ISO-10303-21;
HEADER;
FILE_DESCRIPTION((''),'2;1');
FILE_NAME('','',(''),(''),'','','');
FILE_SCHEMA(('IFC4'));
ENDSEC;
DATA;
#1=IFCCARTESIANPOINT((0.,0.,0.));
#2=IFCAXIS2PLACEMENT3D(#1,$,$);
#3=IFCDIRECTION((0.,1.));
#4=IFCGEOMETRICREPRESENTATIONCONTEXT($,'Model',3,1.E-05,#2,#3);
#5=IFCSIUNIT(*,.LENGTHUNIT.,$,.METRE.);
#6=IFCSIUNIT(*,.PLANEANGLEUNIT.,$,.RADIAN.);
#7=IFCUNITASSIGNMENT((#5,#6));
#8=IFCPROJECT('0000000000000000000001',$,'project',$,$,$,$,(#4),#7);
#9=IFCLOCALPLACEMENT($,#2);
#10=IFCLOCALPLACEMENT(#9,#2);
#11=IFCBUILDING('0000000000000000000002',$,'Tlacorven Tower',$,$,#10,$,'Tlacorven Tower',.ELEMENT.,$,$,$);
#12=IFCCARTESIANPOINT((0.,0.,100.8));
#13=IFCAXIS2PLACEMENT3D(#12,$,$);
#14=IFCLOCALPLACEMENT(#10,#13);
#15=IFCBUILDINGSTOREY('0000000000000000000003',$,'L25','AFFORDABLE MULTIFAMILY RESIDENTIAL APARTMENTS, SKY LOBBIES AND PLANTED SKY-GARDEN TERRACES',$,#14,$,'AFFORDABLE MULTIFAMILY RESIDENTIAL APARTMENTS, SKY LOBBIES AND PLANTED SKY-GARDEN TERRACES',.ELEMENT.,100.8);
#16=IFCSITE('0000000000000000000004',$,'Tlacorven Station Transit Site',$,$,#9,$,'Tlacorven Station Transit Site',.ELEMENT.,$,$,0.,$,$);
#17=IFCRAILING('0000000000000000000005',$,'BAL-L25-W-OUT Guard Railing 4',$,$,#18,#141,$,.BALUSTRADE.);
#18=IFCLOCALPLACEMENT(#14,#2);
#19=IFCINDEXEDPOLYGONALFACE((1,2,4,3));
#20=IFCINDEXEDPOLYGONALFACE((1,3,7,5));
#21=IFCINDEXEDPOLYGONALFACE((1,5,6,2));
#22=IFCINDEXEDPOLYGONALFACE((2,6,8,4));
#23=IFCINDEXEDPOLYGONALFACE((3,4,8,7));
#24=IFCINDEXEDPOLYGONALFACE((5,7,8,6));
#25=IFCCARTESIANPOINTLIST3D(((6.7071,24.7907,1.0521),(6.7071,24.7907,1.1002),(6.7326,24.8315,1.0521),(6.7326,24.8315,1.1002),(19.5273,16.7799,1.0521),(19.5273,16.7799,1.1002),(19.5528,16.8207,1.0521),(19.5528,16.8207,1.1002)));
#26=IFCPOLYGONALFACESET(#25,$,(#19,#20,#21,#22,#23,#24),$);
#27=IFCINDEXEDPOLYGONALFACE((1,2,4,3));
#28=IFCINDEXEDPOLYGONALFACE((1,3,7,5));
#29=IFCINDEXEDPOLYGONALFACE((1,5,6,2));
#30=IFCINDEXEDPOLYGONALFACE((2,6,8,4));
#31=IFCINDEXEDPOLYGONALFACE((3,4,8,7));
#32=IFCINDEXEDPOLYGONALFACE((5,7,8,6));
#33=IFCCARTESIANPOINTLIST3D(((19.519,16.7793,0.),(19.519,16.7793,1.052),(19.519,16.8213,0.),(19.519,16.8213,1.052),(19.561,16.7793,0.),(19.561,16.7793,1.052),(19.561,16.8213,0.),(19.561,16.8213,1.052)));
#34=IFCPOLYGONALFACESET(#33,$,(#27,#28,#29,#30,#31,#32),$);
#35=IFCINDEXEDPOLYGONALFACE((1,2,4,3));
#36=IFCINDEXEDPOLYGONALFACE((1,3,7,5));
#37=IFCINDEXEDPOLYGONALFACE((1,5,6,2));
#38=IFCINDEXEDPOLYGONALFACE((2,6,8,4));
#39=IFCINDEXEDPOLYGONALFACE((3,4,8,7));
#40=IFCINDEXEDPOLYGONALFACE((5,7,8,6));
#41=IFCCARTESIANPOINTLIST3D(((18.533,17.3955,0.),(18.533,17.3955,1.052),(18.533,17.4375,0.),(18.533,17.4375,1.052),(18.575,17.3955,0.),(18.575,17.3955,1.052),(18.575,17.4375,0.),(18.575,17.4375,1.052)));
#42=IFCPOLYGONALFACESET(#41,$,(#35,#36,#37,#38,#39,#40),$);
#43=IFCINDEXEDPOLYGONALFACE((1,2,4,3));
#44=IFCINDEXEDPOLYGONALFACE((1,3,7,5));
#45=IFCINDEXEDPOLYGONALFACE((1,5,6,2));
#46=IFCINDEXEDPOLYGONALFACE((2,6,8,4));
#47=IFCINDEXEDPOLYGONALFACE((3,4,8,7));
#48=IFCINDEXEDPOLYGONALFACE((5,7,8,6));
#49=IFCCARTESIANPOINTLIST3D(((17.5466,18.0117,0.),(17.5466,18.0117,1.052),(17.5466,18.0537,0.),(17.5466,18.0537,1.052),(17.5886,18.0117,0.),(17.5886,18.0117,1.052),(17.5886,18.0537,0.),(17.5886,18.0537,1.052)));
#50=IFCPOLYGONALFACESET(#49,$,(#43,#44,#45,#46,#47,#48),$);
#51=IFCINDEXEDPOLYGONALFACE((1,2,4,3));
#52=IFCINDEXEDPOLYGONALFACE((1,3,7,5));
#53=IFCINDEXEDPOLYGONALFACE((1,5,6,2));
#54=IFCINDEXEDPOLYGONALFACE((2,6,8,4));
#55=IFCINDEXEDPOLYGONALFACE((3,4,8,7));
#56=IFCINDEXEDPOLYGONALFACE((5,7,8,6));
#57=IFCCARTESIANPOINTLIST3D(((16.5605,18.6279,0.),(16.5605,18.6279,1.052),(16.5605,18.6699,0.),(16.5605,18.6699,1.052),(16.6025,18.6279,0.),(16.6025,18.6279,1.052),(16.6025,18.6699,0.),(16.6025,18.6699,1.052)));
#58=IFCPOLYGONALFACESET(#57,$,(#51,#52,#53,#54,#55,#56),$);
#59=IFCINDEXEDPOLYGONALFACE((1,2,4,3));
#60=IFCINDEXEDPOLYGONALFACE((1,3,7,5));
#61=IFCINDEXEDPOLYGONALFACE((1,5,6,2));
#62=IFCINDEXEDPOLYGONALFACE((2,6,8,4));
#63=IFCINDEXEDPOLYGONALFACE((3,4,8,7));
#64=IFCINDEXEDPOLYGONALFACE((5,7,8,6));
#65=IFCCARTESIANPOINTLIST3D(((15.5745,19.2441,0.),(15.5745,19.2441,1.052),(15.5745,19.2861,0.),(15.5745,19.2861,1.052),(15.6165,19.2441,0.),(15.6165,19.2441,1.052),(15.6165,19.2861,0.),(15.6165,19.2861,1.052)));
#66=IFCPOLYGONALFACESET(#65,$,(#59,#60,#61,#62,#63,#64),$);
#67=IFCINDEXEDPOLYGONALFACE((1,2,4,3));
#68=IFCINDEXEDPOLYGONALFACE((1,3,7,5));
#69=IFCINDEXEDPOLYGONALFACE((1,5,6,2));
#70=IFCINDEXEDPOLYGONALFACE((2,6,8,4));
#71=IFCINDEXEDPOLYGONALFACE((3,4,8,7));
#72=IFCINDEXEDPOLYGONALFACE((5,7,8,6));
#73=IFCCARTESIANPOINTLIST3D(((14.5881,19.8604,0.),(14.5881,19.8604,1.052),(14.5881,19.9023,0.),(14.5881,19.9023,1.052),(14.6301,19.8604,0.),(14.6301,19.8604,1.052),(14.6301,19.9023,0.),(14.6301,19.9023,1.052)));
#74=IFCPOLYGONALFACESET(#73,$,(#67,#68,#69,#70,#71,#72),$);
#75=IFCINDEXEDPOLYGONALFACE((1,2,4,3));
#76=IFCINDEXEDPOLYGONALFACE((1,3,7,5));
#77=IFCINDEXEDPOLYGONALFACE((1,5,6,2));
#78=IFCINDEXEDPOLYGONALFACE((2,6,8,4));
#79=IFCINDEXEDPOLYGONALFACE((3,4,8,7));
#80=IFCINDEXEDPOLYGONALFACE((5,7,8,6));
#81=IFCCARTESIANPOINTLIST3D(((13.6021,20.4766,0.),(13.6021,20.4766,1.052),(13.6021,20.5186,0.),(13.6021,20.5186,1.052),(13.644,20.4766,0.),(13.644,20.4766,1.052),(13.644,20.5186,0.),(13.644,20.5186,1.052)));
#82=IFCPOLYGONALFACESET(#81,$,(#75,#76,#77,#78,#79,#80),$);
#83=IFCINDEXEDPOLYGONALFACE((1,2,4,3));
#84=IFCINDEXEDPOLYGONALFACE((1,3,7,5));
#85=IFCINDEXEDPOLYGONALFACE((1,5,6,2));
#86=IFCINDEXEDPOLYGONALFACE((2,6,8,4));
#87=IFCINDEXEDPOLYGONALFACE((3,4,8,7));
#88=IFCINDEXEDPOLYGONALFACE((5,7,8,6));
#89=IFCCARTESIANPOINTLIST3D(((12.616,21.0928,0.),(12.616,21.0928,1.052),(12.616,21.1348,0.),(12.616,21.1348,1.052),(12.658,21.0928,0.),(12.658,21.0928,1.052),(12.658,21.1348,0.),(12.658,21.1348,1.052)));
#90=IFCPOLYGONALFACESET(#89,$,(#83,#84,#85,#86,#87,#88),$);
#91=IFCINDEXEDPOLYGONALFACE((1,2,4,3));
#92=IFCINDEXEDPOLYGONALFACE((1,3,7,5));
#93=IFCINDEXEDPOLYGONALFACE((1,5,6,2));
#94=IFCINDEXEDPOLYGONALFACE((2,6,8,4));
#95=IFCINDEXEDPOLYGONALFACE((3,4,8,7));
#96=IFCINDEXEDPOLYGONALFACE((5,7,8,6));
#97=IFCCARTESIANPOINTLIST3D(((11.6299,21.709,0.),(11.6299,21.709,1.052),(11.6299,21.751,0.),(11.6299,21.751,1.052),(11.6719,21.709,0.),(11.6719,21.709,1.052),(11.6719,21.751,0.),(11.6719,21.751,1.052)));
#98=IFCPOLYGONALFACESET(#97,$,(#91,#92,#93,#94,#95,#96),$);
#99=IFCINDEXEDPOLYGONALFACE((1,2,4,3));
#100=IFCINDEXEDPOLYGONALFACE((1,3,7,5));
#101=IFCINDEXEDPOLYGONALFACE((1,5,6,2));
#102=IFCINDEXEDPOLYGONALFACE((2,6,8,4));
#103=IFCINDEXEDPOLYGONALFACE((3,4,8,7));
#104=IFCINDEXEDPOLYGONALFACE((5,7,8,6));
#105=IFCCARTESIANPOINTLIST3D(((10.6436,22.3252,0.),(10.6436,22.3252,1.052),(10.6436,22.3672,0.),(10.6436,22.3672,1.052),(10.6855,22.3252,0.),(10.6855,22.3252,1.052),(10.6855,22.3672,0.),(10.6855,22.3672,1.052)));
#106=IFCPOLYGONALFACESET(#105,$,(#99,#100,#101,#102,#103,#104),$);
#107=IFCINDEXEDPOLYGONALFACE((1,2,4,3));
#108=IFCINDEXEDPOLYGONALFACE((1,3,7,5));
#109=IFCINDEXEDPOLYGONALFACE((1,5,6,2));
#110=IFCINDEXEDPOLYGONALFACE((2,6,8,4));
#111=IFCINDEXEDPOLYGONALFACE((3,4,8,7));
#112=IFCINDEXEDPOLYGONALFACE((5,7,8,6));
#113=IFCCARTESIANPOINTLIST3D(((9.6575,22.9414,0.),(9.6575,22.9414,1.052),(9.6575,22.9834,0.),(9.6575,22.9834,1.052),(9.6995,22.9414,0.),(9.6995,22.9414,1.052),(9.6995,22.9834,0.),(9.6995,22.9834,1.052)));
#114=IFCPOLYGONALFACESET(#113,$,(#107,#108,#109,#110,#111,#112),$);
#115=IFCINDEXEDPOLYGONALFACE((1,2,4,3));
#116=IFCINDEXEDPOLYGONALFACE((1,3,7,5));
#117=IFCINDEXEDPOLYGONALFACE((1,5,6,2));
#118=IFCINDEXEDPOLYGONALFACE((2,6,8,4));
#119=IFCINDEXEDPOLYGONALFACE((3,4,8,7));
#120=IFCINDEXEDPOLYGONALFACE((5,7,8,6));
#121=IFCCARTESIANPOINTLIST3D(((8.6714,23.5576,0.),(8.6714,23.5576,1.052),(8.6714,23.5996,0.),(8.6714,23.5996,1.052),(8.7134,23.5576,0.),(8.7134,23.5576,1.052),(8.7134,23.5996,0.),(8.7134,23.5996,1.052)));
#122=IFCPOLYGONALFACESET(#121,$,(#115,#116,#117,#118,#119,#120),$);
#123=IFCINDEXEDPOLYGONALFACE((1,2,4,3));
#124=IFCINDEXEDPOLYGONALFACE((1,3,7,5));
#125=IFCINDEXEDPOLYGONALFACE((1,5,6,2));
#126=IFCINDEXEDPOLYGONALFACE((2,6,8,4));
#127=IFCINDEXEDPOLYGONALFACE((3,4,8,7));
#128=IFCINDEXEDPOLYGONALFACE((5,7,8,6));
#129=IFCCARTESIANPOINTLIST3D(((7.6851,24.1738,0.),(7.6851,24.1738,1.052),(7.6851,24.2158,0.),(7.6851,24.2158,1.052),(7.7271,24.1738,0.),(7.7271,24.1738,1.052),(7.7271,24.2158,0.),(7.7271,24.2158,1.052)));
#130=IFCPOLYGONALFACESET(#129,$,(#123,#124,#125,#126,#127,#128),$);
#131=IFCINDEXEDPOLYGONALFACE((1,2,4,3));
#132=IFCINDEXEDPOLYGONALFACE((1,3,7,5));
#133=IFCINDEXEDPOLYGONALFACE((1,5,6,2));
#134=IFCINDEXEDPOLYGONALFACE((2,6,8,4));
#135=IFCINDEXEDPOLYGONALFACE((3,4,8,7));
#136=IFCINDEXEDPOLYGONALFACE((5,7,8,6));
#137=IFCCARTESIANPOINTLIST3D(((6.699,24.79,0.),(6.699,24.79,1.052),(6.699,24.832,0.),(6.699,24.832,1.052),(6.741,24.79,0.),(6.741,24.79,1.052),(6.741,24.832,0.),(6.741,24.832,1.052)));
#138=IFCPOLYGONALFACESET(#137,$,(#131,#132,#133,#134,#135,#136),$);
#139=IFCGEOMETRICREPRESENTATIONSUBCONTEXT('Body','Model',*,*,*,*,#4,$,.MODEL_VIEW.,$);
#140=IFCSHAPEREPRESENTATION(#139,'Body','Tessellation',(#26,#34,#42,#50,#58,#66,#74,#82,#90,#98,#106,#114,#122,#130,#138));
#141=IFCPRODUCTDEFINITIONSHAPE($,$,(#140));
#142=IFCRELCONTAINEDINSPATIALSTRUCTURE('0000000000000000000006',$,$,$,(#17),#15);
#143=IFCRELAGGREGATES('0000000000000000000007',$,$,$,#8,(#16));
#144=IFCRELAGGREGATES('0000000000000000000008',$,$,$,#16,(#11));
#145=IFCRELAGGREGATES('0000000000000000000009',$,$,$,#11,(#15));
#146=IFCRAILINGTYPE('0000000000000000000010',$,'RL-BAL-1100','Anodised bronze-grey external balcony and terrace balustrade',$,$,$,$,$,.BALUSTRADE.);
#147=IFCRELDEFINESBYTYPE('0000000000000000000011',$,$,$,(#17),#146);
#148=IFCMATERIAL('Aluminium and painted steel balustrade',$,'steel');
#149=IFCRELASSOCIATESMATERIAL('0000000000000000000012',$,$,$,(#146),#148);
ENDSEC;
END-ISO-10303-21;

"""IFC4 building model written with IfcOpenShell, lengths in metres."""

from ifc_helpers import new_model, si_unit, direction, frame, origin, origin_2d, place, context, subcontext, project, spatial, rectangle, extrude, source, transform, mapped, material, type_object, element, save


model = new_model("IFC4")

# Units and contexts
model_context = context("Model", 3, precision=1e-05, world=origin(), true_north=direction((0.0, 1.0)))
body_context = subcontext(model_context, "Body", "Model", "MODEL_VIEW")
ifc_project = project(units=[si_unit("LENGTHUNIT", "METRE"), si_unit("PLANEANGLEUNIT", "RADIAN")], contexts=[model_context])

# Site, building, storey
site_placement = place(None, origin())
site = spatial("IfcSite", under=ifc_project, at=site_placement, Name="Tlacorven Station Transit Site", LongName="Tlacorven Station Transit Site", CompositionType="ELEMENT", RefElevation=0.0)
building_placement = place(site_placement, origin())
building = spatial("IfcBuilding", under=site, at=building_placement, Name="Tlacorven Tower", LongName="Tlacorven Tower", CompositionType="ELEMENT")
storey_placement = place(building_placement, frame((0.0, 0.0, 100.8)))
storey = spatial("IfcBuildingStorey", under=building, at=storey_placement, Name="L25", Description="AFFORDABLE MULTIFAMILY RESIDENTIAL APARTMENTS, SKY LOBBIES AND PLANTED SKY-GARDEN TERRACES", LongName="AFFORDABLE MULTIFAMILY RESIDENTIAL APARTMENTS, SKY LOBBIES AND PLANTED SKY-GARDEN TERRACES", CompositionType="ELEMENT", Elevation=100.8)

# Railing
ifc_material_1 = material(Name="Aluminium and painted steel balustrade", Category="steel")
railing_type = type_object("IfcRailingType", Name="RL-BAL-1100", Description="Anodised bronze-grey external balcony and terrace balustrade", PredefinedType="BALUSTRADE", material=ifc_material_1)
shared_shape_1 = source(origin(), body_context, "Body", "SweptSolid", [
    extrude(rectangle(XDim=0.0481, YDim=0.0481, at=origin_2d()), frame((0.0, 0.0, 1.0762), z_axis=(-0.848052, 0.529913, 0.0), x_axis=(-0.529913, -0.848052, 0.0)), (0.0, 0.0, 1.0), 15.1172),
    extrude(rectangle(XDim=0.042, YDim=0.042, at=origin_2d()), origin(), (0.0, 0.0, 1.0), 1.052),
    extrude(rectangle(XDim=0.042, YDim=0.042, at=origin_2d()), frame((-0.9861, 0.6162, 0.0)), (0.0, 0.0, 1.0), 1.052),
    extrude(rectangle(XDim=0.042, YDim=0.042, at=origin_2d()), frame((-1.9724, 1.2324, 0.0)), (0.0, 0.0, 1.0), 1.052),
    extrude(rectangle(XDim=0.042, YDim=0.042, at=origin_2d()), frame((-2.9585, 1.8486, 0.0)), (0.0, 0.0, 1.0), 1.052),
    extrude(rectangle(XDim=0.042, YDim=0.042, at=origin_2d()), frame((-3.9446, 2.4648, 0.0)), (0.0, 0.0, 1.0), 1.052),
    extrude(rectangle(XDim=0.042, YDim=0.042, at=origin_2d()), frame((-4.9309, 3.0811, 0.0)), (0.0, 0.0, 1.0), 1.052),
    extrude(rectangle(XDim=0.042, YDim=0.042, at=origin_2d()), frame((-5.917, 3.6973, 0.0)), (0.0, 0.0, 1.0), 1.052),
    extrude(rectangle(XDim=0.042, YDim=0.042, at=origin_2d()), frame((-6.9031, 4.3135, 0.0)), (0.0, 0.0, 1.0), 1.052),
    extrude(rectangle(XDim=0.042, YDim=0.042, at=origin_2d()), frame((-7.8892, 4.9297, 0.0)), (0.0, 0.0, 1.0), 1.052),
    extrude(rectangle(XDim=0.042, YDim=0.042, at=origin_2d()), frame((-8.8755, 5.5459, 0.0)), (0.0, 0.0, 1.0), 1.052),
    extrude(rectangle(XDim=0.042, YDim=0.042, at=origin_2d()), frame((-9.8616, 6.1621, 0.0)), (0.0, 0.0, 1.0), 1.052),
    extrude(rectangle(XDim=0.042, YDim=0.042, at=origin_2d()), frame((-10.8477, 6.7783, 0.0)), (0.0, 0.0, 1.0), 1.052),
    extrude(rectangle(XDim=0.042, YDim=0.042, at=origin_2d()), frame((-11.834, 7.3945, 0.0)), (0.0, 0.0, 1.0), 1.052),
    extrude(rectangle(XDim=0.042, YDim=0.042, at=origin_2d()), frame((-12.8201, 8.0107, 0.0)), (0.0, 0.0, 1.0), 1.052),
])
railing_1_placement = place(storey_placement, frame((19.54, 16.8003, 0.0)))
element("IfcRailing", 1, at=railing_1_placement, inside=storey, type_object=railing_type, Name="BAL-L25-W-OUT Guard Railing 4", PredefinedType="BALUSTRADE", context=body_context, shape_type="MappedRepresentation", body=[
    mapped(shared_shape_1, transform((0.0, 0.0, 0.0), scale=1.0)),
])

save(model, "model.ifc")
